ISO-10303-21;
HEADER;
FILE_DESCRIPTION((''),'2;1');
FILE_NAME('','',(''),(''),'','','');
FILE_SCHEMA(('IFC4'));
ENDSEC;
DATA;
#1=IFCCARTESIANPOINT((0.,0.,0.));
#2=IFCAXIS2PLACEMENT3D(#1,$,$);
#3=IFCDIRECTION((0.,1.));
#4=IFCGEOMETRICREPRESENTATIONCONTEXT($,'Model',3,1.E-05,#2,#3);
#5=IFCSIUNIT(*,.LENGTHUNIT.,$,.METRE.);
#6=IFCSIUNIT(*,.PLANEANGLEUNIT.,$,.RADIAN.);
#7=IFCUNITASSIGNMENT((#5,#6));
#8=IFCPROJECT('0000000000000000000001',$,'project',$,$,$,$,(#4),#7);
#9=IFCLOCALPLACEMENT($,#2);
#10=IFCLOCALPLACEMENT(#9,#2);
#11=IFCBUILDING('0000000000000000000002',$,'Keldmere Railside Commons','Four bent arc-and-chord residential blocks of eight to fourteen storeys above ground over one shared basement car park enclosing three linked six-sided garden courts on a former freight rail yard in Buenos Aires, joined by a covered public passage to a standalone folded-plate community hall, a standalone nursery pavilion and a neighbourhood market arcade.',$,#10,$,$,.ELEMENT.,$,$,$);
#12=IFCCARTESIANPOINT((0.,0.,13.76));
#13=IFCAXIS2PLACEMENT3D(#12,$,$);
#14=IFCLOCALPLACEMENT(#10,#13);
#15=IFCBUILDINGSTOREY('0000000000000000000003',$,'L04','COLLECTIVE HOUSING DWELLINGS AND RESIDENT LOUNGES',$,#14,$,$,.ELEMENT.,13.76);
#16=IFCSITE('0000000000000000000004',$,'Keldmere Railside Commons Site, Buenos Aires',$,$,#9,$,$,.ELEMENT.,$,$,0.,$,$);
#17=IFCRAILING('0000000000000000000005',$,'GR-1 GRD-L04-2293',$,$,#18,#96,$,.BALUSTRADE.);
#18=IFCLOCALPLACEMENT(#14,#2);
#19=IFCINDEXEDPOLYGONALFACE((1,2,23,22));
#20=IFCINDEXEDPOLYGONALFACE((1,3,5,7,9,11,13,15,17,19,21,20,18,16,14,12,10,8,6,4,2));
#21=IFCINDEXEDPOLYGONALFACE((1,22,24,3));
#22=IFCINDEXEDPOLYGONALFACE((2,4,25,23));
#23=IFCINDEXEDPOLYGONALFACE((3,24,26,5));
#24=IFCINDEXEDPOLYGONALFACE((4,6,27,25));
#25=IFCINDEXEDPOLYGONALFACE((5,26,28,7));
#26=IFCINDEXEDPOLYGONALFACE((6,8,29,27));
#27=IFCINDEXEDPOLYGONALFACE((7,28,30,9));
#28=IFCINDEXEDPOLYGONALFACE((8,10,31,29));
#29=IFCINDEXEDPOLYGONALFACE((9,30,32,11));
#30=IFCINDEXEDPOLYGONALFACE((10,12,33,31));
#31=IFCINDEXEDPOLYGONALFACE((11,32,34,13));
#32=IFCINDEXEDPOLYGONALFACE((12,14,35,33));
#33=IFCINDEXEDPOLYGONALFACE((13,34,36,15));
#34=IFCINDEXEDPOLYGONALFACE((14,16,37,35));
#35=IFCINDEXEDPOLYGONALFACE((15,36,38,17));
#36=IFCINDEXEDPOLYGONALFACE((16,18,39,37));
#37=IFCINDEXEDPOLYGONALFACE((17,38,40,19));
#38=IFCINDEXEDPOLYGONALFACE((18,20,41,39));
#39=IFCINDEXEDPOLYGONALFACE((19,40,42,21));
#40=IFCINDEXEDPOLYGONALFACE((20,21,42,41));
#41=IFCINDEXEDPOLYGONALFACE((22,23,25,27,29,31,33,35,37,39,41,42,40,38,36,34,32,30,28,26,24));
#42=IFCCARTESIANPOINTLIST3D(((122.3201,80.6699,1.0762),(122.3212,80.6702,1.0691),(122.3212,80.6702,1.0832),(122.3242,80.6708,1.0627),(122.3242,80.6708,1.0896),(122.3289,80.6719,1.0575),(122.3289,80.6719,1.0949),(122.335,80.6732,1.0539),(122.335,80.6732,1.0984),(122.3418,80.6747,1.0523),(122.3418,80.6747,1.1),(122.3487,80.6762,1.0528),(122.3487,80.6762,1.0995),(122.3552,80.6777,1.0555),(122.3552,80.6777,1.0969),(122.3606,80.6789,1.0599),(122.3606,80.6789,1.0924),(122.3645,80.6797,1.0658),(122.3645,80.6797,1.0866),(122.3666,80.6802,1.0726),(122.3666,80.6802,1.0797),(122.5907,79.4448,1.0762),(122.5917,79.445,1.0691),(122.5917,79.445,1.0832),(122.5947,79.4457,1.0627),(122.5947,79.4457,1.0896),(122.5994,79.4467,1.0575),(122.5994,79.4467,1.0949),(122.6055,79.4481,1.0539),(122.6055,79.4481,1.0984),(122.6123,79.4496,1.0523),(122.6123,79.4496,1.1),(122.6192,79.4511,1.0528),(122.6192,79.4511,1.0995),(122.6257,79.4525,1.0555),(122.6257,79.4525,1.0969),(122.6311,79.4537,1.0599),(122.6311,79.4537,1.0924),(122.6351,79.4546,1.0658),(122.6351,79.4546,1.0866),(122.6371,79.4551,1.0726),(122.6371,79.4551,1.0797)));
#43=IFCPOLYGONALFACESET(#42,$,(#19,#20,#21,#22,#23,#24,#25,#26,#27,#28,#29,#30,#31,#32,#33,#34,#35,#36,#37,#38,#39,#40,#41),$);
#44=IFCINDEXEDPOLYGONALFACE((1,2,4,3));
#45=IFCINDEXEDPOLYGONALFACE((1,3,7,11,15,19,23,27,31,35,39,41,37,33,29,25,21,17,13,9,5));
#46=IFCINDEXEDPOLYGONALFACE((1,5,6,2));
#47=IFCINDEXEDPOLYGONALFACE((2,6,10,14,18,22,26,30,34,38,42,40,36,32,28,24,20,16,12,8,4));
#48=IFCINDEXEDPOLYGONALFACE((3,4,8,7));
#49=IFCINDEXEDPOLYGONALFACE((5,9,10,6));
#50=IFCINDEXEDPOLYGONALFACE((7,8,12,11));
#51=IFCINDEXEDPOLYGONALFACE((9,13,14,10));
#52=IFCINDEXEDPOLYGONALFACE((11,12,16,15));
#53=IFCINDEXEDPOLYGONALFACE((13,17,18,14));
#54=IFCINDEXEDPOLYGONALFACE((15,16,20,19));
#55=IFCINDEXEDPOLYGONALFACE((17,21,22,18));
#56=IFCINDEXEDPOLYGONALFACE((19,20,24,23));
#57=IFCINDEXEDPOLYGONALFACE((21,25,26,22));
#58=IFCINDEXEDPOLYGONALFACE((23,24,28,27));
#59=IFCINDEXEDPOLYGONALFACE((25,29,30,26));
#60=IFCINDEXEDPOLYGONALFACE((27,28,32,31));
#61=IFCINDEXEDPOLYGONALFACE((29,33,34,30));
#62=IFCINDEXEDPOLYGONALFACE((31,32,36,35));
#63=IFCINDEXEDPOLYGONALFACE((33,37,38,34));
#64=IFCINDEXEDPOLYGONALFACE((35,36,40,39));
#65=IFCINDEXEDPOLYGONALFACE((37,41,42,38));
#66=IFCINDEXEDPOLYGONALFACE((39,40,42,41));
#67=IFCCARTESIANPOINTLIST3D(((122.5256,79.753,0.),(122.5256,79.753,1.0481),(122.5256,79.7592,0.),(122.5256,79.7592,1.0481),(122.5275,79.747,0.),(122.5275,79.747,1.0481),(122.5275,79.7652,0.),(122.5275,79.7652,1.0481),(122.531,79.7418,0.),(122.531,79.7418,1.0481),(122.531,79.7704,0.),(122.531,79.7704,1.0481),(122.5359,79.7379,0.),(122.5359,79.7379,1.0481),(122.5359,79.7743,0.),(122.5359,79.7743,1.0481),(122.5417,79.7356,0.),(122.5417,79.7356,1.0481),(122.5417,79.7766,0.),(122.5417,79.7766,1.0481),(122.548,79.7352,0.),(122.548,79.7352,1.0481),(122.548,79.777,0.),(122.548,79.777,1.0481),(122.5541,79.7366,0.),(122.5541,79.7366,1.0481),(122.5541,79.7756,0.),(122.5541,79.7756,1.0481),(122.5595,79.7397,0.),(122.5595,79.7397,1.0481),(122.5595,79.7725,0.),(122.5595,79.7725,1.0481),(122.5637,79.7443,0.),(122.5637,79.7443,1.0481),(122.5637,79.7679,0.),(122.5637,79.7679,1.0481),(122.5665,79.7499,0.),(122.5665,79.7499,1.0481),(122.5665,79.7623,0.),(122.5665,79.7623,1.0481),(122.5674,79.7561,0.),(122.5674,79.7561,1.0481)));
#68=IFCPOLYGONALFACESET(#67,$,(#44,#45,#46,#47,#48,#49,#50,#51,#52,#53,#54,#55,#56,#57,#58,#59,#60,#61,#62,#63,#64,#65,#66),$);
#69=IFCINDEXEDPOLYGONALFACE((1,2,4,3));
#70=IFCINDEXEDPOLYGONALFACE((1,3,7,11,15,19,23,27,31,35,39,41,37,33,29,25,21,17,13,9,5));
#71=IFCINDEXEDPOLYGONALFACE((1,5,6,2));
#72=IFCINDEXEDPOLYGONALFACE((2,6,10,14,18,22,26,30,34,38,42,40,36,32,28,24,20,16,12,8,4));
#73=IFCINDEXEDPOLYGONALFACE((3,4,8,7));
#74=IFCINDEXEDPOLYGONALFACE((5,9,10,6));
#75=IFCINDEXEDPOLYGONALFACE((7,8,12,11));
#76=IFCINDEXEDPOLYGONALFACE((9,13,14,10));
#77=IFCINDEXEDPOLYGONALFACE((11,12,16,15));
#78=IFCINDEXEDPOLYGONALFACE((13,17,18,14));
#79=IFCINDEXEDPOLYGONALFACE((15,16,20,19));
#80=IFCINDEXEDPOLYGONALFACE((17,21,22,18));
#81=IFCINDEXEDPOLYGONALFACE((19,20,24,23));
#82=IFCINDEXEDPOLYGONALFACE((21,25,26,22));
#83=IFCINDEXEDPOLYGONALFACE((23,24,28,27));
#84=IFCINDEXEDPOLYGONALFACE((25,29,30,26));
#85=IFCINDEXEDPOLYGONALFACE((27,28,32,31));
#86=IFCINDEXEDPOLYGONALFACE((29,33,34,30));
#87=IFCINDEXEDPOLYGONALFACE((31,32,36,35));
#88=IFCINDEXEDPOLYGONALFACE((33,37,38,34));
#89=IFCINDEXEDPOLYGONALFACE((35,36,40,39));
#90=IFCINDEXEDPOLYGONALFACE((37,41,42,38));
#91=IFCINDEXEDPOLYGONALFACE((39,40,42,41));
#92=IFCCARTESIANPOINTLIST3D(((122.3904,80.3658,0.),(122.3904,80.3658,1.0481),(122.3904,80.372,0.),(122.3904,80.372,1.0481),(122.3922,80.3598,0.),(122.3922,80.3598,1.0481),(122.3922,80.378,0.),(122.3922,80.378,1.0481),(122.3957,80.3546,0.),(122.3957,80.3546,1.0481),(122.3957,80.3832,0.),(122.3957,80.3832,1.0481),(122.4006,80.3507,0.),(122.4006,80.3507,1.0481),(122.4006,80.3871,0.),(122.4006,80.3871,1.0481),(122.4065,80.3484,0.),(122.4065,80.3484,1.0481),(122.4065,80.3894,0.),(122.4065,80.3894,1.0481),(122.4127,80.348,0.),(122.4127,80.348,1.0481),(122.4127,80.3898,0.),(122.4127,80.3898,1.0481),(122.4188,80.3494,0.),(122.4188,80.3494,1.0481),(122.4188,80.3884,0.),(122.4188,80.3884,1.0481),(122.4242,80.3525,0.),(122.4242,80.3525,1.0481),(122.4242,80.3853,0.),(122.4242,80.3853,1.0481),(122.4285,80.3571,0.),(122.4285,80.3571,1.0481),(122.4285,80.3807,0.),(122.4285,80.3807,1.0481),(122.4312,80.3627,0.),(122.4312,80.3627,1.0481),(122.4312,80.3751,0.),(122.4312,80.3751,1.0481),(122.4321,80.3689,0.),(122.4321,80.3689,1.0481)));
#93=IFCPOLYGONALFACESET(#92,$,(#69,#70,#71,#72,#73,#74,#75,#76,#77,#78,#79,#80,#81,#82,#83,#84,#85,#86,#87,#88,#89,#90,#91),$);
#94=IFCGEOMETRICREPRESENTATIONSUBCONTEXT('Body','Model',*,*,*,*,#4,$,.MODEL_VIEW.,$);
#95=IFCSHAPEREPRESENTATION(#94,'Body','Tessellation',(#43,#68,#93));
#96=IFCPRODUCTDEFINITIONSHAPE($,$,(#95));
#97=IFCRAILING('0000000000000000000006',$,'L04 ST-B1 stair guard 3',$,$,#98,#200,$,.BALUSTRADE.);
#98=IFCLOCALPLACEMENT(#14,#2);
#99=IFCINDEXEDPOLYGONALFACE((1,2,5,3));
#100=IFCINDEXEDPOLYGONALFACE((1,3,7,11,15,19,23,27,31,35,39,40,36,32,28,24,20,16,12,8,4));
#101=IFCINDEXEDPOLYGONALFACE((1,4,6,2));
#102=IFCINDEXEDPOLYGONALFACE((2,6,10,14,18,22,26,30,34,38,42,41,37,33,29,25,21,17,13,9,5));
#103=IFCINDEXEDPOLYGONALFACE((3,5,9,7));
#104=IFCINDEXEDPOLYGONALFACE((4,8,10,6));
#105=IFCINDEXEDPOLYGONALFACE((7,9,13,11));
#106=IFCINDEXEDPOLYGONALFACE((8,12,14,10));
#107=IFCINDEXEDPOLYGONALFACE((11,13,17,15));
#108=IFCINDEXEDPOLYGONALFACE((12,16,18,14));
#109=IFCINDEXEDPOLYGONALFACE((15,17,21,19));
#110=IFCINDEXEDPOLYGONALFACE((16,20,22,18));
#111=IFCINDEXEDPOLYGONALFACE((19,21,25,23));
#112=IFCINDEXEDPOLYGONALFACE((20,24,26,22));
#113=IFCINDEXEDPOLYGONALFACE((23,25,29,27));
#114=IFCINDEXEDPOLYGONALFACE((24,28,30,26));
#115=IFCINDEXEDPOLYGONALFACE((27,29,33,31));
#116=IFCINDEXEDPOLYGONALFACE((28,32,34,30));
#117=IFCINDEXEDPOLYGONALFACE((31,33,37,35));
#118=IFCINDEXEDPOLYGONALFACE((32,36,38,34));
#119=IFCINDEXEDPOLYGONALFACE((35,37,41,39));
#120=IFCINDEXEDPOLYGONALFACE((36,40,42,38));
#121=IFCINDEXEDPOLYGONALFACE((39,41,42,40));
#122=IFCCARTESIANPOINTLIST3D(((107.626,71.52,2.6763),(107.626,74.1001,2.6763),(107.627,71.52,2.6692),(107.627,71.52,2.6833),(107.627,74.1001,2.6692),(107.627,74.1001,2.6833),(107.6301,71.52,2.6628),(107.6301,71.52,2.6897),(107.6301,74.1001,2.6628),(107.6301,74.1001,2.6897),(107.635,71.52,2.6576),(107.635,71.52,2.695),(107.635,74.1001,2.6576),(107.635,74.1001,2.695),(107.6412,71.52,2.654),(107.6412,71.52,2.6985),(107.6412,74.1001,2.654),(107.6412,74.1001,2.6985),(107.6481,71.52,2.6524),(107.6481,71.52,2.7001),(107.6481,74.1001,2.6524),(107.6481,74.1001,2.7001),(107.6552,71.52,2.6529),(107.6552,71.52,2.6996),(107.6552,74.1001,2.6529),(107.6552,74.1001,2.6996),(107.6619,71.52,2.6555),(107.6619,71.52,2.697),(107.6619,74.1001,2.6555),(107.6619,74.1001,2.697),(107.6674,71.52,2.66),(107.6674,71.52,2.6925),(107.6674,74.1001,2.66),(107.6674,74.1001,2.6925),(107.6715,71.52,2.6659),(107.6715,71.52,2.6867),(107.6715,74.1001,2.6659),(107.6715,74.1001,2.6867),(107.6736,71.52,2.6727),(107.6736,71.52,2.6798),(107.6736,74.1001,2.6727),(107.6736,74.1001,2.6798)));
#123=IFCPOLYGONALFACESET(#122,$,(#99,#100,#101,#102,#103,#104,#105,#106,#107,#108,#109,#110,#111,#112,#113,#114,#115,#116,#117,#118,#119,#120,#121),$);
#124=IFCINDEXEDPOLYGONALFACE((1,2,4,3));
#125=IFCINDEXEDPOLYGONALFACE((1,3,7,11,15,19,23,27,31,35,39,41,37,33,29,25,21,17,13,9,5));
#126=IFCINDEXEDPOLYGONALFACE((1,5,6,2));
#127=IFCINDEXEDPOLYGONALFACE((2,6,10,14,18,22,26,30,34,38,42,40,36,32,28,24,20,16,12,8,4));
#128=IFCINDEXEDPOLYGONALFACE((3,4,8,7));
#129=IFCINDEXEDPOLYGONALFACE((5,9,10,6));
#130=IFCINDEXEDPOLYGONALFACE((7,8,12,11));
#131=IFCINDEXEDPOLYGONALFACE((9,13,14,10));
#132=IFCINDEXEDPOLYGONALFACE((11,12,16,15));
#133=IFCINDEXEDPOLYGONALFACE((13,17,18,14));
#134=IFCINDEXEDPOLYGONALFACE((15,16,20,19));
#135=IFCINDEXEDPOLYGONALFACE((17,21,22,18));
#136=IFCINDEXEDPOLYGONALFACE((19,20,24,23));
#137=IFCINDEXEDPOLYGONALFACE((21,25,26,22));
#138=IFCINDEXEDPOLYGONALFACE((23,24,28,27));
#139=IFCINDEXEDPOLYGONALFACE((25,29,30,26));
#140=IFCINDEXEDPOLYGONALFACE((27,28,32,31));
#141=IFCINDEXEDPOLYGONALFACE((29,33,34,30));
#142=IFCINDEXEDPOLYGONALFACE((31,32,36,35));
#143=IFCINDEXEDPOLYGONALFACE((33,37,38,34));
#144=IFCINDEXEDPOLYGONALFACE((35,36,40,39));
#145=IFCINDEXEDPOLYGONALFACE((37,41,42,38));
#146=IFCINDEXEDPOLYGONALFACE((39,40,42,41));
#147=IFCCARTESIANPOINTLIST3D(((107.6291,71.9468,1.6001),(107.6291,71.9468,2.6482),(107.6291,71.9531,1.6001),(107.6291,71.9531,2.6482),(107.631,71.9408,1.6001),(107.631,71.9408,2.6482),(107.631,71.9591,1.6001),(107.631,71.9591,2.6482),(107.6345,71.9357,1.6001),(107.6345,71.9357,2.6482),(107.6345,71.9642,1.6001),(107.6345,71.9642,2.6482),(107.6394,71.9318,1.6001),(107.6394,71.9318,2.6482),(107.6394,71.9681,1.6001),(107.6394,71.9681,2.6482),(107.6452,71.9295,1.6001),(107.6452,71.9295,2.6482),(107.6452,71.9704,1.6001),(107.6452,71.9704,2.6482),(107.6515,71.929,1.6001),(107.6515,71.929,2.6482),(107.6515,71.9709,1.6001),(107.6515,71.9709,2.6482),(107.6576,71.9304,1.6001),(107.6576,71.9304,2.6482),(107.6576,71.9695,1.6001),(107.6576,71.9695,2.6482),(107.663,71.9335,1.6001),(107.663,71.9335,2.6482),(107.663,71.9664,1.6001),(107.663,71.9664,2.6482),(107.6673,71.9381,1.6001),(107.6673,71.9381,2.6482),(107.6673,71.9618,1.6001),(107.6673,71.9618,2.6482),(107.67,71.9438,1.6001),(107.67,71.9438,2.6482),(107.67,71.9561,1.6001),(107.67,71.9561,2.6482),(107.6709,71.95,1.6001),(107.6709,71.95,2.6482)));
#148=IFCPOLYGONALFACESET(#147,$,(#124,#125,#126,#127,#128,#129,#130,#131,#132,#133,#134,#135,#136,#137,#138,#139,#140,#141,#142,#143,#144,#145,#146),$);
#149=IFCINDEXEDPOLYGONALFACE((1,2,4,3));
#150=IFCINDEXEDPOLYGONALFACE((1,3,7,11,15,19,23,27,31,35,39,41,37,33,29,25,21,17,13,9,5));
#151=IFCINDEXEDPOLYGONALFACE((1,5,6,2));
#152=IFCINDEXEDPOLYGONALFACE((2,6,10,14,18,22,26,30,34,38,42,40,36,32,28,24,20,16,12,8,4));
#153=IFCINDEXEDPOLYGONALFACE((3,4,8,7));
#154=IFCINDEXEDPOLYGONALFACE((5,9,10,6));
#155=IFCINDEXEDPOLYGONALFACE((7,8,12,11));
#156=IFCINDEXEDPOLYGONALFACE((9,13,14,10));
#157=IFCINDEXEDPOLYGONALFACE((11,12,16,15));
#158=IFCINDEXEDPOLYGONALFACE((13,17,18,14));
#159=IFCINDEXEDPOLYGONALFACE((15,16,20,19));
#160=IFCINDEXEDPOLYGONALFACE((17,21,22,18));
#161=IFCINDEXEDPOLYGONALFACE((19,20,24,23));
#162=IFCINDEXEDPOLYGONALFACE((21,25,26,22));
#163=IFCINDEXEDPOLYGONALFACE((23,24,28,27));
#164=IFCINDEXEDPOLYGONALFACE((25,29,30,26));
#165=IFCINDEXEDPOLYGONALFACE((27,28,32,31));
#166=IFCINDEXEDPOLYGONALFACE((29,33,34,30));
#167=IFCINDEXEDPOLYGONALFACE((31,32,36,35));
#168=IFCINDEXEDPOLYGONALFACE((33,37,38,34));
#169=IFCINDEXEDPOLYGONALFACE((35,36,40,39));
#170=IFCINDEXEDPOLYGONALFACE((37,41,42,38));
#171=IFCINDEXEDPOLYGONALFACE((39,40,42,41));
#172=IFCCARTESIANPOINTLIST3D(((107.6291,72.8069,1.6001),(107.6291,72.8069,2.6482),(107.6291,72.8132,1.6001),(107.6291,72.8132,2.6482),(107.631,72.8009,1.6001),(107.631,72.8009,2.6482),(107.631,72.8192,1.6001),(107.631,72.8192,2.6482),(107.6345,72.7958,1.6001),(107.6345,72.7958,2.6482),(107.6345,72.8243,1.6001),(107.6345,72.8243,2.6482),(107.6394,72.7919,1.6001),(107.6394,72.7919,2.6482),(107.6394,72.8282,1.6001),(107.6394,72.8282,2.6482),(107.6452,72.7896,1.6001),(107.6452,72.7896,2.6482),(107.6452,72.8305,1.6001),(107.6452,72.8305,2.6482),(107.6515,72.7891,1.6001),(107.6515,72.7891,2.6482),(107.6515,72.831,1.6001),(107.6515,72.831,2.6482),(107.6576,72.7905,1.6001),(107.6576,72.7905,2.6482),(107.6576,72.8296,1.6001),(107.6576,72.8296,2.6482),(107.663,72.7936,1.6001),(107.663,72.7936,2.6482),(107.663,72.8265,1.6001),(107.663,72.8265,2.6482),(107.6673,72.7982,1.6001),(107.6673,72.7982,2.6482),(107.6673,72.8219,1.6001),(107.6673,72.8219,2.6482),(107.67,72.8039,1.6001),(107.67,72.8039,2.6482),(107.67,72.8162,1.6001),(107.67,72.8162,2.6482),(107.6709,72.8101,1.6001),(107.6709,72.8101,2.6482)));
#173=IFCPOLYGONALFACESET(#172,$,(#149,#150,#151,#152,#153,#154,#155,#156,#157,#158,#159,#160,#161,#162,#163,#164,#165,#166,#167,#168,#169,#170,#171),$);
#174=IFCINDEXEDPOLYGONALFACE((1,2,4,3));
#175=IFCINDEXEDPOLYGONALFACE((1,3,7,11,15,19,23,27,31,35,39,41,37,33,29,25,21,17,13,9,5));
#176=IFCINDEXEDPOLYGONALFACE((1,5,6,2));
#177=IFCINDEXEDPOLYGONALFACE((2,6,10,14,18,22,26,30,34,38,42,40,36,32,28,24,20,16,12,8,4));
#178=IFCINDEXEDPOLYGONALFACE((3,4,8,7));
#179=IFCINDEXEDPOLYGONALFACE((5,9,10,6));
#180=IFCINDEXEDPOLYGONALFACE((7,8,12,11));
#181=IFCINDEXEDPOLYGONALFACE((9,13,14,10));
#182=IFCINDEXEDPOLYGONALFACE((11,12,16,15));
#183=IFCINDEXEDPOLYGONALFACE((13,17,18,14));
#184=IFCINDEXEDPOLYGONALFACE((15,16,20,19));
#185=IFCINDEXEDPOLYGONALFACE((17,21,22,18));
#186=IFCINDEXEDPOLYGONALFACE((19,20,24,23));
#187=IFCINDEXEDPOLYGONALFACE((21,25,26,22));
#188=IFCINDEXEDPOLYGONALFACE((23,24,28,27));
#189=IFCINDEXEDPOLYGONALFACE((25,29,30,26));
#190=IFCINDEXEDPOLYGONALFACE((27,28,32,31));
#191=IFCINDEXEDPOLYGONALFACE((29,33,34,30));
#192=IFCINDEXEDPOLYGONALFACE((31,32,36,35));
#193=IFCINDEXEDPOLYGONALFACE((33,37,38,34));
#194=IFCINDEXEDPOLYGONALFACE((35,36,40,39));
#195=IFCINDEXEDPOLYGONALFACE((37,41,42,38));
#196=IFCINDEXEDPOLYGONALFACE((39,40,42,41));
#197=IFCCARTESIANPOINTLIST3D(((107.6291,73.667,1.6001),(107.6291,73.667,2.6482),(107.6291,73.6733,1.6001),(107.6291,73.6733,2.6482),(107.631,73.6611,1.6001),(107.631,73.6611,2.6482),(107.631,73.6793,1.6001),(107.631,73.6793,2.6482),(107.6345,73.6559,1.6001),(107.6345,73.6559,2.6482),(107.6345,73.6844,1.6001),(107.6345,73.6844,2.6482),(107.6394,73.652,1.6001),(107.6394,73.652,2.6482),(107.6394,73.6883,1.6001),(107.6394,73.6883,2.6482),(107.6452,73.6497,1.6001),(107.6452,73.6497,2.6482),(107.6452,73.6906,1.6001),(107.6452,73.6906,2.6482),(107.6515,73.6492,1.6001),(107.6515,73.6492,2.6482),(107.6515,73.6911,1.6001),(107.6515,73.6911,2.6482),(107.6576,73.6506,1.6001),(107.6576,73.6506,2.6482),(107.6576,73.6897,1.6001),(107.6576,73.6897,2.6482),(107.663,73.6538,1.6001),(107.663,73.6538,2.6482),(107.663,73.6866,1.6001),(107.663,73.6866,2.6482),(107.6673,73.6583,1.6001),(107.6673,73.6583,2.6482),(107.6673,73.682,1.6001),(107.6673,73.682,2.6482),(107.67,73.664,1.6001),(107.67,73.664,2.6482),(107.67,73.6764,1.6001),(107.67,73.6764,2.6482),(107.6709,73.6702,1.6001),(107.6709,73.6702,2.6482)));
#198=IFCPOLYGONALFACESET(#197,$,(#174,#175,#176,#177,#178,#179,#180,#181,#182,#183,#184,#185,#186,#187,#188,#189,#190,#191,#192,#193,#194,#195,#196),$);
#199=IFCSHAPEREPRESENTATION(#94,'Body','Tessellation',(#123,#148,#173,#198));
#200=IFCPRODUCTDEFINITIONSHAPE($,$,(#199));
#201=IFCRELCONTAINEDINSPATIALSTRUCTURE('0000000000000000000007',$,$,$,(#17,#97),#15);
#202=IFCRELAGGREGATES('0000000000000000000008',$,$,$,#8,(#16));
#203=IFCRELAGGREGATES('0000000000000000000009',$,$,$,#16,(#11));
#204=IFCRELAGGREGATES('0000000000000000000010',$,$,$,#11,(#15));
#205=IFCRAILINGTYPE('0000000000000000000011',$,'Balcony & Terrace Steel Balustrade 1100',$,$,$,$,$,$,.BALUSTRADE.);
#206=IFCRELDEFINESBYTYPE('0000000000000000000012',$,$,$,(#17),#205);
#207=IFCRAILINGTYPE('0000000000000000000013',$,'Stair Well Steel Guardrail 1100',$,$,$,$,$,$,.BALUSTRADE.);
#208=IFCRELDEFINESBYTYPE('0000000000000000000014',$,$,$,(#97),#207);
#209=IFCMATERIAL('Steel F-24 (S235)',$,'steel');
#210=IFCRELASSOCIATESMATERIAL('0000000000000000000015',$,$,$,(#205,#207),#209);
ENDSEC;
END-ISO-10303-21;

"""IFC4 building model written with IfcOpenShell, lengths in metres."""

from ifc_helpers import new_model, si_unit, direction, frame, origin, origin_2d, place, context, subcontext, project, spatial, circle, extrude, material, type_object, element, save


model = new_model("IFC4")

# Units and contexts
model_context = context("Model", 3, precision=1e-05, world=origin(), true_north=direction((0.0, 1.0)))
body_context = subcontext(model_context, "Body", "Model", "MODEL_VIEW")
ifc_project = project(units=[si_unit("LENGTHUNIT", "METRE"), si_unit("PLANEANGLEUNIT", "RADIAN")], contexts=[model_context])

# Site, building, storey
site_placement = place(None, origin())
site = spatial("IfcSite", under=ifc_project, at=site_placement, Name="Keldmere Railside Commons Site, Buenos Aires", CompositionType="ELEMENT", RefElevation=0.0)
building_placement = place(site_placement, origin())
building = spatial("IfcBuilding", under=site, at=building_placement, Name="Keldmere Railside Commons", Description="Four bent arc-and-chord residential blocks of eight to fourteen storeys above ground over one shared basement car park enclosing three linked six-sided garden courts on a former freight rail yard in Buenos Aires, joined by a covered public passage to a standalone folded-plate community hall, a standalone nursery pavilion and a neighbourhood market arcade.", CompositionType="ELEMENT")
storey_placement = place(building_placement, frame((0.0, 0.0, 13.76)))
storey = spatial("IfcBuildingStorey", under=building, at=storey_placement, Name="L04", Description="COLLECTIVE HOUSING DWELLINGS AND RESIDENT LOUNGES", CompositionType="ELEMENT", Elevation=13.76)

# Railings
ifc_material_1 = material(Name="Steel F-24 (S235)", Category="steel")
railing_type_1 = type_object("IfcRailingType", Name="Balcony & Terrace Steel Balustrade 1100", PredefinedType="BALUSTRADE", material=ifc_material_1)
railing_1_placement = place(storey_placement, frame((122.614, 79.45, 0.0)))
element("IfcRailing", 1, at=railing_1_placement, inside=storey, type_object=railing_type_1, Name="GR-1 GRD-L04-2293", PredefinedType="BALUSTRADE", context=body_context, shape_type="SweptSolid", body=[
    extrude(circle(Radius=0.0239, at=origin_2d()), frame((0.0, 0.0, 1.0762), z_axis=(-0.215612, 0.976479, 0.0), x_axis=(-0.976479, -0.215612, 0.0)), (0.0, 0.0, 1.0), 1.2546),
    extrude(circle(Radius=0.021, at=origin_2d()), frame((-0.0676, 0.3062, 0.0)), (0.0, 0.0, 1.0), 1.0481),
    extrude(circle(Radius=0.021, at=origin_2d()), frame((-0.2029, 0.9189, 0.0)), (0.0, 0.0, 1.0), 1.0481),
])
railing_type_2 = type_object("IfcRailingType", Name="Stair Well Steel Guardrail 1100", PredefinedType="BALUSTRADE", material=ifc_material_1)
railing_2_placement = place(storey_placement, frame((107.6499, 71.52, 1.6001)))
element("IfcRailing", 2, at=railing_2_placement, inside=storey, type_object=railing_type_2, Name="L04 ST-B1 stair guard 3", PredefinedType="BALUSTRADE", context=body_context, shape_type="SweptSolid", body=[
    extrude(circle(Radius=0.0239, at=origin_2d()), frame((0.0, 0.0, 1.0762), z_axis=(0.0, 1.0, 0.0), x_axis=(-1.0, 0.0, 0.0)), (0.0, 0.0, 1.0), 2.5801),
    extrude(circle(Radius=0.021, at=origin_2d()), frame((0.0, 0.4299, 0.0)), (0.0, 0.0, 1.0), 1.0481),
    extrude(circle(Radius=0.021, at=origin_2d()), frame((0.0, 1.29, 0.0)), (0.0, 0.0, 1.0), 1.0481),
    extrude(circle(Radius=0.021, at=origin_2d()), frame((0.0, 2.1501, 0.0)), (0.0, 0.0, 1.0), 1.0481),
])

save(model, "model.ifc")
